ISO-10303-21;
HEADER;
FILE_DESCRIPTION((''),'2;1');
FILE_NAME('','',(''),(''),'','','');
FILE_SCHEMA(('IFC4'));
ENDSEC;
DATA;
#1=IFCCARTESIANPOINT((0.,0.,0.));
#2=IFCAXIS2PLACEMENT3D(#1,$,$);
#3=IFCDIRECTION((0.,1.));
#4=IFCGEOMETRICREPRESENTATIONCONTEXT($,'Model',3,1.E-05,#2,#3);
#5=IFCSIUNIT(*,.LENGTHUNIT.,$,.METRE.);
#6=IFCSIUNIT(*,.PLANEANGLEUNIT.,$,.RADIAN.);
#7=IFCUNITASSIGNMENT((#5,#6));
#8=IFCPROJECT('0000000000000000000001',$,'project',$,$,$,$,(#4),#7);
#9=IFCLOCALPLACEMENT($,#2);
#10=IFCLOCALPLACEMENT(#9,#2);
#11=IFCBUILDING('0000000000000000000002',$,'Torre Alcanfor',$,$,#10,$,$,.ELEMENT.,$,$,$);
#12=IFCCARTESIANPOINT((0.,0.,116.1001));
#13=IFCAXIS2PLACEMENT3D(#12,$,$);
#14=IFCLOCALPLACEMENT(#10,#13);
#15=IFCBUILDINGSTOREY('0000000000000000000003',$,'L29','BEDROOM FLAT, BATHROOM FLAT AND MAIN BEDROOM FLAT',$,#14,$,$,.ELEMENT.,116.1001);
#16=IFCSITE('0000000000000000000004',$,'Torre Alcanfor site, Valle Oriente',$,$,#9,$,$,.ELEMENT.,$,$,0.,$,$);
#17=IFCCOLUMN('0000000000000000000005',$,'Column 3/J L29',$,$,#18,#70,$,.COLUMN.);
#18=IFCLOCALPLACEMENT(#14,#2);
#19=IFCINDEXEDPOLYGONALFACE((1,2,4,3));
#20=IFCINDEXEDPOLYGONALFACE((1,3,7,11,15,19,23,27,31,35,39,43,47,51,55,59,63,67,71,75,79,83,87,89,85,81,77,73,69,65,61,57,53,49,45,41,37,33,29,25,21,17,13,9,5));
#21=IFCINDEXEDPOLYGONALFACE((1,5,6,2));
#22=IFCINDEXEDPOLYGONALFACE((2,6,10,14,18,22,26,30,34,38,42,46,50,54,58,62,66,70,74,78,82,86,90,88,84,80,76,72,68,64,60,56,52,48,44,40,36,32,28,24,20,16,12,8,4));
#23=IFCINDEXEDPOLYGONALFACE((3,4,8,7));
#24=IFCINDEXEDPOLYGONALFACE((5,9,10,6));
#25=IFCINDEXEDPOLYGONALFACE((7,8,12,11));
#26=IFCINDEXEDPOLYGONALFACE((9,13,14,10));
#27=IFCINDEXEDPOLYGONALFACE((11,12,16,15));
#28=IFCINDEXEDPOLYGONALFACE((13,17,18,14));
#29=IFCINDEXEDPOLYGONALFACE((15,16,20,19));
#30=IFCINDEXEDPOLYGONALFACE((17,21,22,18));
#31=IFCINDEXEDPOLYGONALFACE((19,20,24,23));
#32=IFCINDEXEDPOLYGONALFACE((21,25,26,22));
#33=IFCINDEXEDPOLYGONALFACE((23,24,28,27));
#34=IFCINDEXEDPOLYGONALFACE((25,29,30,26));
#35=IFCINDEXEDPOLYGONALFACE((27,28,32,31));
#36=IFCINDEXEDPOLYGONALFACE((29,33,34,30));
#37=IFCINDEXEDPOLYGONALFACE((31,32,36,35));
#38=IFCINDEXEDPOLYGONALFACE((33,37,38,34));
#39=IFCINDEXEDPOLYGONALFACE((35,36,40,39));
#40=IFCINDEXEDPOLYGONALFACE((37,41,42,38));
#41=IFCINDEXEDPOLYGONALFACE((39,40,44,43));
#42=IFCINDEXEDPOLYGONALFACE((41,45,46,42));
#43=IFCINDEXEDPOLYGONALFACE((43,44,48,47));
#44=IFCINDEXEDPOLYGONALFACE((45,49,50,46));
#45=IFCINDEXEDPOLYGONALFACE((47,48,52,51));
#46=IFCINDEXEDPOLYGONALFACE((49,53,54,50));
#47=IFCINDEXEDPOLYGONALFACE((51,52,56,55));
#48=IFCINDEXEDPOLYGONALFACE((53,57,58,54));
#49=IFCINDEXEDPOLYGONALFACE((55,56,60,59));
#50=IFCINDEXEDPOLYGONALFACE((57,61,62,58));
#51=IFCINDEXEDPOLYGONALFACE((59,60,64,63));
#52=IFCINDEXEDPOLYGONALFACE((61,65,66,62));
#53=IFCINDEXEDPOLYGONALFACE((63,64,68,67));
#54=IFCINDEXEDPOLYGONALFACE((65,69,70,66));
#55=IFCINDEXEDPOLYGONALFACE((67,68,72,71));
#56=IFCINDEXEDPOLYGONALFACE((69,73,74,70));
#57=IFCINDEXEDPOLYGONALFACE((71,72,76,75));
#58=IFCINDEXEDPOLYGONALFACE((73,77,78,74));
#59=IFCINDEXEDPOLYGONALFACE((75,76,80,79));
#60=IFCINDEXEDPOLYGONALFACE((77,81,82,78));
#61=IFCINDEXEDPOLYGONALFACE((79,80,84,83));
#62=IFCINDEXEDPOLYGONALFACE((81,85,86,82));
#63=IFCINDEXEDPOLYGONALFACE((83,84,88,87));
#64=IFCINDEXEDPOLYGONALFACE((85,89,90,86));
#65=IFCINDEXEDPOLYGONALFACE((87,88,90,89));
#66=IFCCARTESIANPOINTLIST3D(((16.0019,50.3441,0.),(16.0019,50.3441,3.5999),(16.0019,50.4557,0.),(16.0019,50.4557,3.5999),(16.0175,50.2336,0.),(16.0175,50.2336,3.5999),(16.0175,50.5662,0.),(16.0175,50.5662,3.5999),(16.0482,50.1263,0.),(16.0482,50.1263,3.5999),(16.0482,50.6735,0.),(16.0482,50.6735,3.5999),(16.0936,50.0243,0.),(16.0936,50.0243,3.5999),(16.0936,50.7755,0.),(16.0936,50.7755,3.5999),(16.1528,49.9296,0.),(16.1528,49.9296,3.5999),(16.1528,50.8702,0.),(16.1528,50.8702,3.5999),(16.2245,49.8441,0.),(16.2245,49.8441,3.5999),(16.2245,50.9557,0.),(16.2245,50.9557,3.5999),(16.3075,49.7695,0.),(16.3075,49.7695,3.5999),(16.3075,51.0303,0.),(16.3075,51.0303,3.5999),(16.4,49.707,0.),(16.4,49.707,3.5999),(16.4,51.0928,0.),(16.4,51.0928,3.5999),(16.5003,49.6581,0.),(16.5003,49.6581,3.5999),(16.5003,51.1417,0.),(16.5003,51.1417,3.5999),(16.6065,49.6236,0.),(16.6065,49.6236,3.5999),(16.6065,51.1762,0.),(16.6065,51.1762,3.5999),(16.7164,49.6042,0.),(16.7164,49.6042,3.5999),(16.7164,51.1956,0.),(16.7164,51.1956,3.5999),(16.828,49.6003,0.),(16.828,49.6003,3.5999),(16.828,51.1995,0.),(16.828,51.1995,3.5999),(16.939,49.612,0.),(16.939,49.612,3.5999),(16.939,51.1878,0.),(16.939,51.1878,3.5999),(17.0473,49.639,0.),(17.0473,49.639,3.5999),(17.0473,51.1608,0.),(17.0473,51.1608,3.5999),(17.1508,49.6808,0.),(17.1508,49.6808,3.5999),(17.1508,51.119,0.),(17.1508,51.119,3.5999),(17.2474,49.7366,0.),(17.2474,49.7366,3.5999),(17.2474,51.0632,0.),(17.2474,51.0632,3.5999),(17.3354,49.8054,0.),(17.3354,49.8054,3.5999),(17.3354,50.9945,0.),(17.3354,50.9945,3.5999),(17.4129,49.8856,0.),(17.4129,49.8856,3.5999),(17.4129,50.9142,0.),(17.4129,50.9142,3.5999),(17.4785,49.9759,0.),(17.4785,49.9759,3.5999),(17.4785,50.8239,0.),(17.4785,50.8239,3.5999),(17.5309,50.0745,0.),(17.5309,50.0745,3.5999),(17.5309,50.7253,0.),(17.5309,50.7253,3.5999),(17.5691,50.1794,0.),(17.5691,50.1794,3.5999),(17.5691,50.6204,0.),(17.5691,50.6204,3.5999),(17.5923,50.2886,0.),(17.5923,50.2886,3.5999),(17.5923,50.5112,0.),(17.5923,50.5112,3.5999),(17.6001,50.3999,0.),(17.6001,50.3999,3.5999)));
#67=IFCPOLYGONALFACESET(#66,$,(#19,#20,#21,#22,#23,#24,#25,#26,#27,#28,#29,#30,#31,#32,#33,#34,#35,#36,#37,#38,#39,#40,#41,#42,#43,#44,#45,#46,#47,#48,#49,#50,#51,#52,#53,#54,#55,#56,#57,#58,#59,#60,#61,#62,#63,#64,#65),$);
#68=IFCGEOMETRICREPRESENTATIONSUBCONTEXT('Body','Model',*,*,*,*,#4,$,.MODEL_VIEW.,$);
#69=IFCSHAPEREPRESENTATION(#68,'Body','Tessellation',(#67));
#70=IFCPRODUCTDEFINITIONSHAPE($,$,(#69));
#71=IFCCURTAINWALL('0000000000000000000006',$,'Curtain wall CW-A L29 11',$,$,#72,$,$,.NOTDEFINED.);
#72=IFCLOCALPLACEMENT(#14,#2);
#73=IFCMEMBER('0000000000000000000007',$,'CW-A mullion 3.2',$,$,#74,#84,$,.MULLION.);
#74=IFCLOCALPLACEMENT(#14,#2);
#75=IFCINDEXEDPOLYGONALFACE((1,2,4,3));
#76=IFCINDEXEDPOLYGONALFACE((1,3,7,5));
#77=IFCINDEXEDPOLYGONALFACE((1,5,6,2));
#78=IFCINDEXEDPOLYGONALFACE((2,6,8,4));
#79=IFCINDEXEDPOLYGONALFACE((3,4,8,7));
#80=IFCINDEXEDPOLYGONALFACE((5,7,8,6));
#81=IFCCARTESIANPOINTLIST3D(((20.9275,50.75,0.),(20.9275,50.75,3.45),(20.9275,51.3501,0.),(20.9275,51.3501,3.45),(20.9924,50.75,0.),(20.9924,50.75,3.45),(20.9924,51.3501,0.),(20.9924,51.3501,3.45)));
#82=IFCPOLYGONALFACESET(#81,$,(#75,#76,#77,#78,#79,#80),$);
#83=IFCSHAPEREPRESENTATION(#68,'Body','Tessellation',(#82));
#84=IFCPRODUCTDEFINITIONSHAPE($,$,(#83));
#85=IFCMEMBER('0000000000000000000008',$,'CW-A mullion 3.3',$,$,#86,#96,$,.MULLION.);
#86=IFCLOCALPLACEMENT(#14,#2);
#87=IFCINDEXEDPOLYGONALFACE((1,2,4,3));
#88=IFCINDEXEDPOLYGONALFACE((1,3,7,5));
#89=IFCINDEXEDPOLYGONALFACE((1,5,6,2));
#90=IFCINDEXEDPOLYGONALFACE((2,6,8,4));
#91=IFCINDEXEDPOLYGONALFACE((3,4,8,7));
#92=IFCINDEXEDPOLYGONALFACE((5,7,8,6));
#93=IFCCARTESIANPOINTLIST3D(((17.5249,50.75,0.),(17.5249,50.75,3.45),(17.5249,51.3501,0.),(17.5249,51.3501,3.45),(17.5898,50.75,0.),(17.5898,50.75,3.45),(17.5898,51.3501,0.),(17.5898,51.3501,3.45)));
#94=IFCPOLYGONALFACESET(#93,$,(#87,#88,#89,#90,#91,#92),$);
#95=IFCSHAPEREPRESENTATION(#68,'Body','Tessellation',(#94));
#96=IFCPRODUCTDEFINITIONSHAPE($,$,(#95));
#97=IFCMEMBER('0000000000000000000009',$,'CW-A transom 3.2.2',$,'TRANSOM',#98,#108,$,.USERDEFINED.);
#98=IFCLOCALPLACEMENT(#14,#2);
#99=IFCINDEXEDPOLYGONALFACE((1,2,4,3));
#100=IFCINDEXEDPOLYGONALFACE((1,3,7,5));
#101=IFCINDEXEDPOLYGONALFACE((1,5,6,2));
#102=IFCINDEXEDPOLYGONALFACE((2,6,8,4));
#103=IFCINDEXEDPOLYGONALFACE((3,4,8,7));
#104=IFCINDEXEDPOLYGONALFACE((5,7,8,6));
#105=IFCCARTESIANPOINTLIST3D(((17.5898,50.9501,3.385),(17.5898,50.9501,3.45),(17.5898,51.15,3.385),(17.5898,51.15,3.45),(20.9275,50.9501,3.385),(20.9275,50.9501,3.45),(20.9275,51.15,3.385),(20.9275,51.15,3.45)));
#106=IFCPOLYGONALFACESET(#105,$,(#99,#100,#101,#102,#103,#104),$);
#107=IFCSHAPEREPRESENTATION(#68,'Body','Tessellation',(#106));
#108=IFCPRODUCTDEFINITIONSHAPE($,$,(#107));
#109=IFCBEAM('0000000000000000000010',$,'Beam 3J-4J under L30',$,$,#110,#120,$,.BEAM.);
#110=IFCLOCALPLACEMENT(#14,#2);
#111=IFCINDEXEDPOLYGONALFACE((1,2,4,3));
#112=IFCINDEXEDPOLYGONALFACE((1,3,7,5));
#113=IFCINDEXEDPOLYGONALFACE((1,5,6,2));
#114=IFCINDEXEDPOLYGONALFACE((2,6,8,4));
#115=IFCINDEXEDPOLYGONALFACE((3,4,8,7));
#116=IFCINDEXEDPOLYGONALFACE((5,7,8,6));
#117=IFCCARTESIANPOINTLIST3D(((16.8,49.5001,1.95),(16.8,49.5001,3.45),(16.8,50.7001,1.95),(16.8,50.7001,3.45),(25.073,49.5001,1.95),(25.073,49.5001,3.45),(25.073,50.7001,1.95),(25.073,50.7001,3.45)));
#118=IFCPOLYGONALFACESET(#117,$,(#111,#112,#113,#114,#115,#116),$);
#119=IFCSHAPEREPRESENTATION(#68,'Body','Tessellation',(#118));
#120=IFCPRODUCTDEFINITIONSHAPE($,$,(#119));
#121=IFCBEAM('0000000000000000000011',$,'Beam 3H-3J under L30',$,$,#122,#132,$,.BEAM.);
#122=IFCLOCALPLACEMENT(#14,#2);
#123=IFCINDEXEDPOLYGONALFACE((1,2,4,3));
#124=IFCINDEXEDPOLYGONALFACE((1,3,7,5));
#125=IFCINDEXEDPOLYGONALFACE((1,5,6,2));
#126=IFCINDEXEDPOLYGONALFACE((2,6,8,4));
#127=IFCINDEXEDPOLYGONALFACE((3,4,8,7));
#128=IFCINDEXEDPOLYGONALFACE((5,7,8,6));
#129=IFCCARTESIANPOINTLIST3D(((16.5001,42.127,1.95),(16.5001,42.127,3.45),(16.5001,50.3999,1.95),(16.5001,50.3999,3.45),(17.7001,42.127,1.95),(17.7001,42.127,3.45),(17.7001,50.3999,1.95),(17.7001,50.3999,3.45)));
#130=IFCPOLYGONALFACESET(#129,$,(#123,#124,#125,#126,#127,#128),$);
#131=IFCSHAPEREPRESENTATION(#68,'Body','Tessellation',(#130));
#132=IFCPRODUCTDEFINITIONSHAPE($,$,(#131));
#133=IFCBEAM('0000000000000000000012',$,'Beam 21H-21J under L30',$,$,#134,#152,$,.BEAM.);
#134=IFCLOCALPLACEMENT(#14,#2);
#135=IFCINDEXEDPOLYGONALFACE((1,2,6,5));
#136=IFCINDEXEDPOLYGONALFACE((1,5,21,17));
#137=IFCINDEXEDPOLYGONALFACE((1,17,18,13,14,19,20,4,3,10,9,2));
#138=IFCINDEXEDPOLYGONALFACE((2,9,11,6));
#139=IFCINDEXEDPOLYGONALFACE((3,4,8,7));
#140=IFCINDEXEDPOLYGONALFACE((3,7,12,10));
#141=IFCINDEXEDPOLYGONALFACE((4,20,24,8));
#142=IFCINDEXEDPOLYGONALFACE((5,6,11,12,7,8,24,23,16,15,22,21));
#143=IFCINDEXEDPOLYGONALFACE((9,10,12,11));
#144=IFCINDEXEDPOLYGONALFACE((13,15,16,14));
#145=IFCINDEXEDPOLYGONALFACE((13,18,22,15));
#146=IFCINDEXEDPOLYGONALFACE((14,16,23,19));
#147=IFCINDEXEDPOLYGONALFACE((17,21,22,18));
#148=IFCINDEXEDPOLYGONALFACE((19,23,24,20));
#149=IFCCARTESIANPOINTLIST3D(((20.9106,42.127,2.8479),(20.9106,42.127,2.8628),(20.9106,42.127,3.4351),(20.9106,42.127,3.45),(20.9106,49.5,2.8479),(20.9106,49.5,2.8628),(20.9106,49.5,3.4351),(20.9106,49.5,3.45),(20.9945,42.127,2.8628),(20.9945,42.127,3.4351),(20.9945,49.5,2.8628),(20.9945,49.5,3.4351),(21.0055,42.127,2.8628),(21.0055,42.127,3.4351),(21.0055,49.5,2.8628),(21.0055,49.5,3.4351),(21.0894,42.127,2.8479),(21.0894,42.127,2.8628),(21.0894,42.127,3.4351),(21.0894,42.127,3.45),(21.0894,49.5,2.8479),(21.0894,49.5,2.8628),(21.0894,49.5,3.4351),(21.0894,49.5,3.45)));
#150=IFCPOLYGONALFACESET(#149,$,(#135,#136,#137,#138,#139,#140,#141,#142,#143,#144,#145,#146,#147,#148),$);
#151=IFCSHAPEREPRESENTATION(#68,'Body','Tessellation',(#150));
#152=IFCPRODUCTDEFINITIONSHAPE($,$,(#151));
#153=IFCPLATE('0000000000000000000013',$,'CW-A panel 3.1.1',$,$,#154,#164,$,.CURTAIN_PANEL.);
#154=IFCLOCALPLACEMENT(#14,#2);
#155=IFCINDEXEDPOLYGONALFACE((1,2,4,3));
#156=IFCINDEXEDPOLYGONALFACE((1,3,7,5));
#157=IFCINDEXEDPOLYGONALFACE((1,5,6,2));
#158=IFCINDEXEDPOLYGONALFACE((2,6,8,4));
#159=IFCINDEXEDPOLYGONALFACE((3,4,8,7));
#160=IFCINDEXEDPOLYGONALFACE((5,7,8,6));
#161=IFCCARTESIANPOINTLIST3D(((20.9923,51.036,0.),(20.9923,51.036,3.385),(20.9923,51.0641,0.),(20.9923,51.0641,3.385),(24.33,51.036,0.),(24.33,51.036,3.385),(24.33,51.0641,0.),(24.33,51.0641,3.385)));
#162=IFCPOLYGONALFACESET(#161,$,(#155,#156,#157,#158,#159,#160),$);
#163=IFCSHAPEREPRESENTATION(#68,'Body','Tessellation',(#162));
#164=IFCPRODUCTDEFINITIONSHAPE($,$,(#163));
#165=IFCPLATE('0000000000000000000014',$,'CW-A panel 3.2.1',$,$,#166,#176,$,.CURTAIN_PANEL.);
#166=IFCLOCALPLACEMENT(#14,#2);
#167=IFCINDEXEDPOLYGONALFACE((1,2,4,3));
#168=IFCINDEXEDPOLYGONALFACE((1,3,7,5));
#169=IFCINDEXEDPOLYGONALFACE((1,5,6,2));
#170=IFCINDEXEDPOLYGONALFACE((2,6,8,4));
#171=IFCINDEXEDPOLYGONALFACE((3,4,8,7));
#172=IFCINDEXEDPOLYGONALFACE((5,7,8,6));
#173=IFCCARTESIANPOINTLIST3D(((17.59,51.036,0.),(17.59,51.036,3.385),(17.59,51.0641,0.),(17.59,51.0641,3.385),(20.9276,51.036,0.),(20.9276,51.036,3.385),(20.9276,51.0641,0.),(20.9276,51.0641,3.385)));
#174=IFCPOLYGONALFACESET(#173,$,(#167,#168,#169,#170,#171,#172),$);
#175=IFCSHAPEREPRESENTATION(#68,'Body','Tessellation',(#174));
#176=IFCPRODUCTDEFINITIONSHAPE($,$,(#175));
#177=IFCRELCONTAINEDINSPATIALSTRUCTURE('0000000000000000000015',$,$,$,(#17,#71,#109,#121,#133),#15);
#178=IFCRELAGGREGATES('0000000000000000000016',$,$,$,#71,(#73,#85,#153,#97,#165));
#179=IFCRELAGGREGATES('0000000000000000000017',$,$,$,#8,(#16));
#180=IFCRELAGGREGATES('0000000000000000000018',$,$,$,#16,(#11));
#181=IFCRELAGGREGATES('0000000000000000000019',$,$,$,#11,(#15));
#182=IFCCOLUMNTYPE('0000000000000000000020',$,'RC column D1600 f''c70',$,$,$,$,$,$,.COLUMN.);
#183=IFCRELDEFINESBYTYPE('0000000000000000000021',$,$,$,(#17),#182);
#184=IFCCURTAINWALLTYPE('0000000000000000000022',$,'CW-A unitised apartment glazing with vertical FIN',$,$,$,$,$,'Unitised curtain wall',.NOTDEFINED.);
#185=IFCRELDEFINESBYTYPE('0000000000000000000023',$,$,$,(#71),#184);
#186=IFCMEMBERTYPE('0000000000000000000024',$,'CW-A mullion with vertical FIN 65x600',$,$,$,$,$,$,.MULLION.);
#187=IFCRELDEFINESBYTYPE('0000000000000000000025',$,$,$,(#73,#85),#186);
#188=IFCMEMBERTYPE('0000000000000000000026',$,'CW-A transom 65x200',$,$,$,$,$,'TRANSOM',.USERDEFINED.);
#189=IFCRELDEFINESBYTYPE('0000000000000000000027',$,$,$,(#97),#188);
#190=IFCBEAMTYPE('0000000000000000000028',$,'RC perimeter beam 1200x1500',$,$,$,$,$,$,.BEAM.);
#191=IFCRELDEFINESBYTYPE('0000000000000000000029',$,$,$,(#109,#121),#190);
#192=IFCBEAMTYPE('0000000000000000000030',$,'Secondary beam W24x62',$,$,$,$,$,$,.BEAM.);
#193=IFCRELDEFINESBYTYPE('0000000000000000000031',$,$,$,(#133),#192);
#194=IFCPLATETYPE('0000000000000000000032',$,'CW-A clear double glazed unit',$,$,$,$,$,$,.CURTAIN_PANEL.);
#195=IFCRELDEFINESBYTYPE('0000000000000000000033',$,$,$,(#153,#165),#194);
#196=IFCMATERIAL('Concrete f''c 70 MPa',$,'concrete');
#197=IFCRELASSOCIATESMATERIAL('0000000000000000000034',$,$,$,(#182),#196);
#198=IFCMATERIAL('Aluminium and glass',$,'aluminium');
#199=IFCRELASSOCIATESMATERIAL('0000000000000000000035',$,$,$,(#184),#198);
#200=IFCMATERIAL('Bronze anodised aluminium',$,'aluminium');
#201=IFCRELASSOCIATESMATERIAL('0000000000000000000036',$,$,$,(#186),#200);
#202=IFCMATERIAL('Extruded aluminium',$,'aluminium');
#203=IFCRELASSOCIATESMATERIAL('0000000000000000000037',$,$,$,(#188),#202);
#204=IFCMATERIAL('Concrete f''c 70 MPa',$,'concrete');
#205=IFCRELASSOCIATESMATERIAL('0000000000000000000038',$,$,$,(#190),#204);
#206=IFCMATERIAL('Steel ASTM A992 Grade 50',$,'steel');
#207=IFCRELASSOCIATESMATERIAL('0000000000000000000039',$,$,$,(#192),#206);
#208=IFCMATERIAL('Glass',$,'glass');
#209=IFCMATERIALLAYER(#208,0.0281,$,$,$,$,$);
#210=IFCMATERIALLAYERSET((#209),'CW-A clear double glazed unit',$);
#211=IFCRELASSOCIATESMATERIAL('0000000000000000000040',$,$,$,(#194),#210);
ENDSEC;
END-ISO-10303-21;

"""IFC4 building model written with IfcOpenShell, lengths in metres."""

from ifc_helpers import new_model, si_unit, direction, frame, origin, origin_2d, place, context, subcontext, project, spatial, rectangle, circle, i_section, extrude, material, layer, layer_set, material_profile, profile_set, type_object, element, aggregate, save


model = new_model("IFC4")

# Units and contexts
model_context = context("Model", 3, precision=1e-05, world=origin(), true_north=direction((0.0, 1.0)))
body_context = subcontext(model_context, "Body", "Model", "MODEL_VIEW")
ifc_project = project(units=[si_unit("LENGTHUNIT", "METRE"), si_unit("PLANEANGLEUNIT", "RADIAN")], contexts=[model_context])

# Site, building, storey
site_placement = place(None, origin())
site = spatial("IfcSite", under=ifc_project, at=site_placement, Name="Torre Alcanfor site, Valle Oriente", CompositionType="ELEMENT", RefElevation=0.0)
building_placement = place(site_placement, origin())
building = spatial("IfcBuilding", under=site, at=building_placement, Name="Torre Alcanfor", CompositionType="ELEMENT")
storey_placement = place(building_placement, frame((0.0, 0.0, 116.1001)))
storey = spatial("IfcBuildingStorey", under=building, at=storey_placement, Name="L29", Description="BEDROOM FLAT, BATHROOM FLAT AND MAIN BEDROOM FLAT", CompositionType="ELEMENT", Elevation=116.1001)

# Column
ifc_material_1 = material(Name="Concrete f'c 70 MPa", Category="concrete")
ifc_material_profile_1 = material_profile(ifc_material_1, circle(Radius=0.8, at=origin_2d()), Name="D1600")
ifc_profile_set_1 = profile_set([ifc_material_profile_1], Name="Concrete f'c 70 MPa")
column_type = type_object("IfcColumnType", Name="RC column D1600 f'c70", PredefinedType="COLUMN", material=ifc_profile_set_1)
column_placement = place(storey_placement, frame((16.8, 50.3999, 0.0), z_axis=(0.0, 0.0, 1.0), x_axis=(1.0, 0.0, 0.0)))
element("IfcColumn", 1, at=column_placement, inside=storey, type_object=column_type, Name="Column 3/J L29", PredefinedType="COLUMN", context=body_context, shape_type="SweptSolid", body=[
    extrude(circle(Radius=0.8, at=origin_2d()), origin(), (0.0, 0.0, 1.0), 3.5999),
])

# Curtain wall, members
ifc_material_2 = material(Name="Aluminium and glass", Category="aluminium")
curtain_wall_type = type_object("IfcCurtainWallType", Name="CW-A unitised apartment glazing with vertical FIN", ElementType="Unitised curtain wall", PredefinedType="NOTDEFINED", material=ifc_material_2)
curtain_wall_placement = place(storey_placement, origin())
curtain_wall = element("IfcCurtainWall", 2, at=curtain_wall_placement, inside=storey, type_object=curtain_wall_type, Name="Curtain wall CW-A L29 11", PredefinedType="NOTDEFINED")
ifc_material_3 = material(Name="Bronze anodised aluminium", Category="aluminium")
ifc_material_profile_2 = material_profile(ifc_material_3, rectangle(XDim=0.6001, YDim=0.0649, at=origin_2d()), Name="CW-A mullion 65x600")
ifc_profile_set_2 = profile_set([ifc_material_profile_2], Name="Bronze anodised aluminium")
member_type_1 = type_object("IfcMemberType", Name="CW-A mullion with vertical FIN 65x600", PredefinedType="MULLION", material=ifc_profile_set_2)
member_1_placement = place(storey_placement, frame((20.96, 51.05, 0.0), z_axis=(0.0, 0.0, 1.0), x_axis=(0.0, -1.0, 0.0)))
member_1 = element("IfcMember", 3, at=member_1_placement, type_object=member_type_1, Name="CW-A mullion 3.2", PredefinedType="MULLION", context=body_context, shape_type="SweptSolid", body=[
    extrude(rectangle(XDim=0.6001, YDim=0.0649, at=origin_2d()), origin(), (0.0, 0.0, 1.0), 3.45),
])
member_2_placement = place(storey_placement, frame((17.5574, 51.05, 0.0), z_axis=(0.0, 0.0, 1.0), x_axis=(0.0, -1.0, 0.0)))
member_2 = element("IfcMember", 4, at=member_2_placement, type_object=member_type_1, Name="CW-A mullion 3.3", PredefinedType="MULLION", context=body_context, shape_type="SweptSolid", body=[
    extrude(rectangle(XDim=0.6001, YDim=0.0649, at=origin_2d()), origin(), (0.0, 0.0, 1.0), 3.45),
])
ifc_material_4 = material(Name="Extruded aluminium", Category="aluminium")
ifc_material_profile_3 = material_profile(ifc_material_4, rectangle(XDim=0.2, YDim=0.0649, at=origin_2d()), Name="CW-A transom 200x65")
ifc_profile_set_3 = profile_set([ifc_material_profile_3], Name="Extruded aluminium")
member_type_2 = type_object("IfcMemberType", Name="CW-A transom 65x200", ElementType="TRANSOM", PredefinedType="USERDEFINED", material=ifc_profile_set_3)
member_3_placement = place(storey_placement, frame((20.9275, 51.05, 3.4175), z_axis=(-1.0, 0.0, 0.0), x_axis=(0.0, -1.0, 0.0)))
member_3 = element("IfcMember", 5, at=member_3_placement, type_object=member_type_2, Name="CW-A transom 3.2.2", ObjectType="TRANSOM", PredefinedType="USERDEFINED", context=body_context, shape_type="SweptSolid", body=[
    extrude(rectangle(XDim=0.2, YDim=0.0649, at=origin_2d()), origin(), (0.0, 0.0, 1.0), 3.3376),
])

# Beams
ifc_material_5 = material(Name="Concrete f'c 70 MPa", Category="concrete")
ifc_material_profile_4 = material_profile(ifc_material_5, rectangle(XDim=1.2, YDim=1.5, at=origin_2d()), Name="1200x1500")
ifc_profile_set_4 = profile_set([ifc_material_profile_4], Name="Concrete f'c 70 MPa")
beam_type_1 = type_object("IfcBeamType", Name="RC perimeter beam 1200x1500", PredefinedType="BEAM", material=ifc_profile_set_4)
for number, where, z_axis, x_axis, name in (
    (6, (16.8, 50.1001, 2.7), (1.0, 0.0, 0.0), (0.0, 1.0, 0.0), "Beam 3J-4J under L30"),
    (7, (17.1001, 42.127, 2.7), (0.0, 1.0, 0.0), (-1.0, 0.0, 0.0), "Beam 3H-3J under L30"),
):
    element("IfcBeam", number, at=place(storey_placement, frame(where, z_axis=z_axis, x_axis=x_axis)), inside=storey, type_object=beam_type_1, Name=name, PredefinedType="BEAM", context=body_context, shape_type="SweptSolid", body=[
        extrude(rectangle(XDim=1.2, YDim=1.5, at=origin_2d()), origin(), (0.0, 0.0, 1.0), 8.2729),
    ])
ifc_material_6 = material(Name="Steel ASTM A992 Grade 50", Category="steel")
ifc_material_profile_5 = material_profile(ifc_material_6, i_section(OverallWidth=0.1787, OverallDepth=0.6021, WebThickness=0.011, FlangeThickness=0.0149, at=origin_2d()), Name="W24x62")
ifc_profile_set_5 = profile_set([ifc_material_profile_5], Name="Steel ASTM A992 Grade 50")
beam_type_2 = type_object("IfcBeamType", Name="Secondary beam W24x62", PredefinedType="BEAM", material=ifc_profile_set_5)
beam_placement = place(storey_placement, frame((21.0, 42.127, 3.1489), z_axis=(0.0, 1.0, 0.0), x_axis=(-1.0, 0.0, 0.0)))
element("IfcBeam", 8, at=beam_placement, inside=storey, type_object=beam_type_2, Name="Beam 21H-21J under L30", PredefinedType="BEAM", context=body_context, shape_type="SweptSolid", body=[
    extrude(i_section(OverallWidth=0.1787, OverallDepth=0.6021, WebThickness=0.011, FlangeThickness=0.0149, at=origin_2d()), origin(), (0.0, 0.0, 1.0), 7.373),
])

# Plates
ifc_material_7 = material(Name="Glass", Category="glass")
ifc_layer_1 = layer(ifc_material_7, 0.0281)
ifc_layer_set_1 = layer_set([ifc_layer_1], Name="CW-A clear double glazed unit")
plate_type = type_object("IfcPlateType", Name="CW-A clear double glazed unit", PredefinedType="CURTAIN_PANEL", material=ifc_layer_set_1)
plate_1_placement = place(storey_placement, frame((22.6611, 51.05, 0.0), z_axis=(0.0, 0.0, 1.0), x_axis=(-1.0, 0.0, 0.0)))
plate_1 = element("IfcPlate", 9, at=plate_1_placement, type_object=plate_type, Name="CW-A panel 3.1.1", PredefinedType="CURTAIN_PANEL", context=body_context, shape_type="SweptSolid", body=[
    extrude(rectangle(XDim=3.3376, YDim=0.0281, at=origin_2d()), origin(), (0.0, 0.0, 1.0), 3.385),
])
plate_2_placement = place(storey_placement, frame((19.2588, 51.05, 0.0), z_axis=(0.0, 0.0, 1.0), x_axis=(-1.0, 0.0, 0.0)))
plate_2 = element("IfcPlate", 10, at=plate_2_placement, type_object=plate_type, Name="CW-A panel 3.2.1", PredefinedType="CURTAIN_PANEL", context=body_context, shape_type="SweptSolid", body=[
    extrude(rectangle(XDim=3.3376, YDim=0.0281, at=origin_2d()), origin(), (0.0, 0.0, 1.0), 3.385),
])
aggregate(curtain_wall, [member_1, member_2, plate_1, member_3, plate_2])

save(model, "model.ifc")
